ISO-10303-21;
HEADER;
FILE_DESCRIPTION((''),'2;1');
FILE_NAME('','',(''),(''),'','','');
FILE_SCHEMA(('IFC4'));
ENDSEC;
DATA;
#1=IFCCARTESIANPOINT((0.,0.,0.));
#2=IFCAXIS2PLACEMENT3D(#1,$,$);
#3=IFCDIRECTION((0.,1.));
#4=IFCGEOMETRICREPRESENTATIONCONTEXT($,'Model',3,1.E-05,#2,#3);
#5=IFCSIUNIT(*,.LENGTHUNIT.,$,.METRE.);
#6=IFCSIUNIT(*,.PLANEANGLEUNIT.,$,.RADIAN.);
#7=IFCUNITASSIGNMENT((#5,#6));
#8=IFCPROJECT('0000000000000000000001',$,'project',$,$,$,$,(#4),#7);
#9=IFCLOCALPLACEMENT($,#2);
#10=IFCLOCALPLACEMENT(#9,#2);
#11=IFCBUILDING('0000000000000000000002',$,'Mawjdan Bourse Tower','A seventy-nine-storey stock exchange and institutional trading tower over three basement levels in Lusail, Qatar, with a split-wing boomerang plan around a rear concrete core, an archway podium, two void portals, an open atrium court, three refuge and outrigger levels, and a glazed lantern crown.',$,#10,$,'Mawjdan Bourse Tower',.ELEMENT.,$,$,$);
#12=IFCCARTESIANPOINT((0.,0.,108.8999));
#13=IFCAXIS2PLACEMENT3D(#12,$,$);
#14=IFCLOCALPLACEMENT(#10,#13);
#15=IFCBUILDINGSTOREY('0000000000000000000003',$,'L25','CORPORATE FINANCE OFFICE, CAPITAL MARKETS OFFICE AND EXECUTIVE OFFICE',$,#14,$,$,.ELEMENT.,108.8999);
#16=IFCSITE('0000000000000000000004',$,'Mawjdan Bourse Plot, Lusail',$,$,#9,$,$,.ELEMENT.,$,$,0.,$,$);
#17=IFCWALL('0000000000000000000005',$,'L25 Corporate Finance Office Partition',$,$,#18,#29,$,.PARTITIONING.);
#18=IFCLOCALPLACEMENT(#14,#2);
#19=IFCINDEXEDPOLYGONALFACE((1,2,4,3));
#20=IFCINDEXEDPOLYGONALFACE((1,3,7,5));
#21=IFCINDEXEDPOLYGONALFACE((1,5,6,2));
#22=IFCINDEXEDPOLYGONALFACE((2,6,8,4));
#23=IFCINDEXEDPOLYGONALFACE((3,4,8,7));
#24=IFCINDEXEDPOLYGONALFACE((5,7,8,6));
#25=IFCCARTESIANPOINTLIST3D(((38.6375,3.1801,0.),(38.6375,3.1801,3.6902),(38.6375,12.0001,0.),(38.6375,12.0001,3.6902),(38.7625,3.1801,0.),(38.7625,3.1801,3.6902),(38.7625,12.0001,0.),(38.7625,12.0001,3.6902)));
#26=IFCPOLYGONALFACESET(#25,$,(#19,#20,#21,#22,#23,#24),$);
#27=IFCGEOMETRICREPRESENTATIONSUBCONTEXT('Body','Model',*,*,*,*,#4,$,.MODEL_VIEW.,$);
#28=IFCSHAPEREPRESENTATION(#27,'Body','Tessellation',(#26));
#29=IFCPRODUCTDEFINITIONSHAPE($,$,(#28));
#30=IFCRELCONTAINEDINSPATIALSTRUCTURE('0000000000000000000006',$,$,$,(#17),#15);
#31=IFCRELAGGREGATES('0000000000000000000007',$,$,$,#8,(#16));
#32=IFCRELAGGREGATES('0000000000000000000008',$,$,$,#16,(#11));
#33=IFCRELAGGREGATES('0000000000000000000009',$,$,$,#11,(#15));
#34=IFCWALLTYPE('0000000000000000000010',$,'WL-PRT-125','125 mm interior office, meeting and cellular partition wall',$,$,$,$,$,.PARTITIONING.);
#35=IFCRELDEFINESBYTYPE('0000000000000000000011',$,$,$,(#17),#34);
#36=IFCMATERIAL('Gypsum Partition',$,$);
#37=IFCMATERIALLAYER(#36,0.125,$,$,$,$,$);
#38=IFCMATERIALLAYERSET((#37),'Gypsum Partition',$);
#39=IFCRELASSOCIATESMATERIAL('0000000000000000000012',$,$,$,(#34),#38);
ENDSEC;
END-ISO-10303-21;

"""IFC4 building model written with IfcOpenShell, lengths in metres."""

from ifc_helpers import new_model, si_unit, direction, frame, frame_2d, origin, place, context, subcontext, project, spatial, rectangle, extrude, material, layer, layer_set, type_object, element, save


model = new_model("IFC4")

# Units and contexts
model_context = context("Model", 3, precision=1e-05, world=origin(), true_north=direction((0.0, 1.0)))
body_context = subcontext(model_context, "Body", "Model", "MODEL_VIEW")
ifc_project = project(units=[si_unit("LENGTHUNIT", "METRE"), si_unit("PLANEANGLEUNIT", "RADIAN")], contexts=[model_context])

# Site, building, storey
site_placement = place(None, origin())
site = spatial("IfcSite", under=ifc_project, at=site_placement, Name="Mawjdan Bourse Plot, Lusail", CompositionType="ELEMENT", RefElevation=0.0)
building_placement = place(site_placement, origin())
building = spatial("IfcBuilding", under=site, at=building_placement, Name="Mawjdan Bourse Tower", Description="A seventy-nine-storey stock exchange and institutional trading tower over three basement levels in Lusail, Qatar, with a split-wing boomerang plan around a rear concrete core, an archway podium, two void portals, an open atrium court, three refuge and outrigger levels, and a glazed lantern crown.", LongName="Mawjdan Bourse Tower", CompositionType="ELEMENT")
storey_placement = place(building_placement, frame((0.0, 0.0, 108.8999)))
storey = spatial("IfcBuildingStorey", under=building, at=storey_placement, Name="L25", Description="CORPORATE FINANCE OFFICE, CAPITAL MARKETS OFFICE AND EXECUTIVE OFFICE", CompositionType="ELEMENT", Elevation=108.8999)

# Wall
ifc_material_1 = material(Name="Gypsum Partition")
ifc_layer_1 = layer(ifc_material_1, 0.125)
ifc_layer_set_1 = layer_set([ifc_layer_1], Name="Gypsum Partition")
wall_type_1 = type_object("IfcWallType", Name="WL-PRT-125", Description="125 mm interior office, meeting and cellular partition wall", PredefinedType="PARTITIONING", material=ifc_layer_set_1)
wall_1_placement = place(storey_placement, frame((38.7, 3.1799, 0.0), z_axis=(0.0, 0.0, 1.0), x_axis=(0.0, 1.0, 0.0)))
element("IfcWall", 1, at=wall_1_placement, inside=storey, type_object=wall_type_1, Name="L25 Corporate Finance Office Partition", PredefinedType="PARTITIONING", context=body_context, shape_type="SweptSolid", body=[
    extrude(rectangle(XDim=8.8201, YDim=0.125, at=frame_2d((4.4102, 0.0))), origin(), (0.0, 0.0, 1.0), 3.6902),
])

save(model, "model.ifc")
